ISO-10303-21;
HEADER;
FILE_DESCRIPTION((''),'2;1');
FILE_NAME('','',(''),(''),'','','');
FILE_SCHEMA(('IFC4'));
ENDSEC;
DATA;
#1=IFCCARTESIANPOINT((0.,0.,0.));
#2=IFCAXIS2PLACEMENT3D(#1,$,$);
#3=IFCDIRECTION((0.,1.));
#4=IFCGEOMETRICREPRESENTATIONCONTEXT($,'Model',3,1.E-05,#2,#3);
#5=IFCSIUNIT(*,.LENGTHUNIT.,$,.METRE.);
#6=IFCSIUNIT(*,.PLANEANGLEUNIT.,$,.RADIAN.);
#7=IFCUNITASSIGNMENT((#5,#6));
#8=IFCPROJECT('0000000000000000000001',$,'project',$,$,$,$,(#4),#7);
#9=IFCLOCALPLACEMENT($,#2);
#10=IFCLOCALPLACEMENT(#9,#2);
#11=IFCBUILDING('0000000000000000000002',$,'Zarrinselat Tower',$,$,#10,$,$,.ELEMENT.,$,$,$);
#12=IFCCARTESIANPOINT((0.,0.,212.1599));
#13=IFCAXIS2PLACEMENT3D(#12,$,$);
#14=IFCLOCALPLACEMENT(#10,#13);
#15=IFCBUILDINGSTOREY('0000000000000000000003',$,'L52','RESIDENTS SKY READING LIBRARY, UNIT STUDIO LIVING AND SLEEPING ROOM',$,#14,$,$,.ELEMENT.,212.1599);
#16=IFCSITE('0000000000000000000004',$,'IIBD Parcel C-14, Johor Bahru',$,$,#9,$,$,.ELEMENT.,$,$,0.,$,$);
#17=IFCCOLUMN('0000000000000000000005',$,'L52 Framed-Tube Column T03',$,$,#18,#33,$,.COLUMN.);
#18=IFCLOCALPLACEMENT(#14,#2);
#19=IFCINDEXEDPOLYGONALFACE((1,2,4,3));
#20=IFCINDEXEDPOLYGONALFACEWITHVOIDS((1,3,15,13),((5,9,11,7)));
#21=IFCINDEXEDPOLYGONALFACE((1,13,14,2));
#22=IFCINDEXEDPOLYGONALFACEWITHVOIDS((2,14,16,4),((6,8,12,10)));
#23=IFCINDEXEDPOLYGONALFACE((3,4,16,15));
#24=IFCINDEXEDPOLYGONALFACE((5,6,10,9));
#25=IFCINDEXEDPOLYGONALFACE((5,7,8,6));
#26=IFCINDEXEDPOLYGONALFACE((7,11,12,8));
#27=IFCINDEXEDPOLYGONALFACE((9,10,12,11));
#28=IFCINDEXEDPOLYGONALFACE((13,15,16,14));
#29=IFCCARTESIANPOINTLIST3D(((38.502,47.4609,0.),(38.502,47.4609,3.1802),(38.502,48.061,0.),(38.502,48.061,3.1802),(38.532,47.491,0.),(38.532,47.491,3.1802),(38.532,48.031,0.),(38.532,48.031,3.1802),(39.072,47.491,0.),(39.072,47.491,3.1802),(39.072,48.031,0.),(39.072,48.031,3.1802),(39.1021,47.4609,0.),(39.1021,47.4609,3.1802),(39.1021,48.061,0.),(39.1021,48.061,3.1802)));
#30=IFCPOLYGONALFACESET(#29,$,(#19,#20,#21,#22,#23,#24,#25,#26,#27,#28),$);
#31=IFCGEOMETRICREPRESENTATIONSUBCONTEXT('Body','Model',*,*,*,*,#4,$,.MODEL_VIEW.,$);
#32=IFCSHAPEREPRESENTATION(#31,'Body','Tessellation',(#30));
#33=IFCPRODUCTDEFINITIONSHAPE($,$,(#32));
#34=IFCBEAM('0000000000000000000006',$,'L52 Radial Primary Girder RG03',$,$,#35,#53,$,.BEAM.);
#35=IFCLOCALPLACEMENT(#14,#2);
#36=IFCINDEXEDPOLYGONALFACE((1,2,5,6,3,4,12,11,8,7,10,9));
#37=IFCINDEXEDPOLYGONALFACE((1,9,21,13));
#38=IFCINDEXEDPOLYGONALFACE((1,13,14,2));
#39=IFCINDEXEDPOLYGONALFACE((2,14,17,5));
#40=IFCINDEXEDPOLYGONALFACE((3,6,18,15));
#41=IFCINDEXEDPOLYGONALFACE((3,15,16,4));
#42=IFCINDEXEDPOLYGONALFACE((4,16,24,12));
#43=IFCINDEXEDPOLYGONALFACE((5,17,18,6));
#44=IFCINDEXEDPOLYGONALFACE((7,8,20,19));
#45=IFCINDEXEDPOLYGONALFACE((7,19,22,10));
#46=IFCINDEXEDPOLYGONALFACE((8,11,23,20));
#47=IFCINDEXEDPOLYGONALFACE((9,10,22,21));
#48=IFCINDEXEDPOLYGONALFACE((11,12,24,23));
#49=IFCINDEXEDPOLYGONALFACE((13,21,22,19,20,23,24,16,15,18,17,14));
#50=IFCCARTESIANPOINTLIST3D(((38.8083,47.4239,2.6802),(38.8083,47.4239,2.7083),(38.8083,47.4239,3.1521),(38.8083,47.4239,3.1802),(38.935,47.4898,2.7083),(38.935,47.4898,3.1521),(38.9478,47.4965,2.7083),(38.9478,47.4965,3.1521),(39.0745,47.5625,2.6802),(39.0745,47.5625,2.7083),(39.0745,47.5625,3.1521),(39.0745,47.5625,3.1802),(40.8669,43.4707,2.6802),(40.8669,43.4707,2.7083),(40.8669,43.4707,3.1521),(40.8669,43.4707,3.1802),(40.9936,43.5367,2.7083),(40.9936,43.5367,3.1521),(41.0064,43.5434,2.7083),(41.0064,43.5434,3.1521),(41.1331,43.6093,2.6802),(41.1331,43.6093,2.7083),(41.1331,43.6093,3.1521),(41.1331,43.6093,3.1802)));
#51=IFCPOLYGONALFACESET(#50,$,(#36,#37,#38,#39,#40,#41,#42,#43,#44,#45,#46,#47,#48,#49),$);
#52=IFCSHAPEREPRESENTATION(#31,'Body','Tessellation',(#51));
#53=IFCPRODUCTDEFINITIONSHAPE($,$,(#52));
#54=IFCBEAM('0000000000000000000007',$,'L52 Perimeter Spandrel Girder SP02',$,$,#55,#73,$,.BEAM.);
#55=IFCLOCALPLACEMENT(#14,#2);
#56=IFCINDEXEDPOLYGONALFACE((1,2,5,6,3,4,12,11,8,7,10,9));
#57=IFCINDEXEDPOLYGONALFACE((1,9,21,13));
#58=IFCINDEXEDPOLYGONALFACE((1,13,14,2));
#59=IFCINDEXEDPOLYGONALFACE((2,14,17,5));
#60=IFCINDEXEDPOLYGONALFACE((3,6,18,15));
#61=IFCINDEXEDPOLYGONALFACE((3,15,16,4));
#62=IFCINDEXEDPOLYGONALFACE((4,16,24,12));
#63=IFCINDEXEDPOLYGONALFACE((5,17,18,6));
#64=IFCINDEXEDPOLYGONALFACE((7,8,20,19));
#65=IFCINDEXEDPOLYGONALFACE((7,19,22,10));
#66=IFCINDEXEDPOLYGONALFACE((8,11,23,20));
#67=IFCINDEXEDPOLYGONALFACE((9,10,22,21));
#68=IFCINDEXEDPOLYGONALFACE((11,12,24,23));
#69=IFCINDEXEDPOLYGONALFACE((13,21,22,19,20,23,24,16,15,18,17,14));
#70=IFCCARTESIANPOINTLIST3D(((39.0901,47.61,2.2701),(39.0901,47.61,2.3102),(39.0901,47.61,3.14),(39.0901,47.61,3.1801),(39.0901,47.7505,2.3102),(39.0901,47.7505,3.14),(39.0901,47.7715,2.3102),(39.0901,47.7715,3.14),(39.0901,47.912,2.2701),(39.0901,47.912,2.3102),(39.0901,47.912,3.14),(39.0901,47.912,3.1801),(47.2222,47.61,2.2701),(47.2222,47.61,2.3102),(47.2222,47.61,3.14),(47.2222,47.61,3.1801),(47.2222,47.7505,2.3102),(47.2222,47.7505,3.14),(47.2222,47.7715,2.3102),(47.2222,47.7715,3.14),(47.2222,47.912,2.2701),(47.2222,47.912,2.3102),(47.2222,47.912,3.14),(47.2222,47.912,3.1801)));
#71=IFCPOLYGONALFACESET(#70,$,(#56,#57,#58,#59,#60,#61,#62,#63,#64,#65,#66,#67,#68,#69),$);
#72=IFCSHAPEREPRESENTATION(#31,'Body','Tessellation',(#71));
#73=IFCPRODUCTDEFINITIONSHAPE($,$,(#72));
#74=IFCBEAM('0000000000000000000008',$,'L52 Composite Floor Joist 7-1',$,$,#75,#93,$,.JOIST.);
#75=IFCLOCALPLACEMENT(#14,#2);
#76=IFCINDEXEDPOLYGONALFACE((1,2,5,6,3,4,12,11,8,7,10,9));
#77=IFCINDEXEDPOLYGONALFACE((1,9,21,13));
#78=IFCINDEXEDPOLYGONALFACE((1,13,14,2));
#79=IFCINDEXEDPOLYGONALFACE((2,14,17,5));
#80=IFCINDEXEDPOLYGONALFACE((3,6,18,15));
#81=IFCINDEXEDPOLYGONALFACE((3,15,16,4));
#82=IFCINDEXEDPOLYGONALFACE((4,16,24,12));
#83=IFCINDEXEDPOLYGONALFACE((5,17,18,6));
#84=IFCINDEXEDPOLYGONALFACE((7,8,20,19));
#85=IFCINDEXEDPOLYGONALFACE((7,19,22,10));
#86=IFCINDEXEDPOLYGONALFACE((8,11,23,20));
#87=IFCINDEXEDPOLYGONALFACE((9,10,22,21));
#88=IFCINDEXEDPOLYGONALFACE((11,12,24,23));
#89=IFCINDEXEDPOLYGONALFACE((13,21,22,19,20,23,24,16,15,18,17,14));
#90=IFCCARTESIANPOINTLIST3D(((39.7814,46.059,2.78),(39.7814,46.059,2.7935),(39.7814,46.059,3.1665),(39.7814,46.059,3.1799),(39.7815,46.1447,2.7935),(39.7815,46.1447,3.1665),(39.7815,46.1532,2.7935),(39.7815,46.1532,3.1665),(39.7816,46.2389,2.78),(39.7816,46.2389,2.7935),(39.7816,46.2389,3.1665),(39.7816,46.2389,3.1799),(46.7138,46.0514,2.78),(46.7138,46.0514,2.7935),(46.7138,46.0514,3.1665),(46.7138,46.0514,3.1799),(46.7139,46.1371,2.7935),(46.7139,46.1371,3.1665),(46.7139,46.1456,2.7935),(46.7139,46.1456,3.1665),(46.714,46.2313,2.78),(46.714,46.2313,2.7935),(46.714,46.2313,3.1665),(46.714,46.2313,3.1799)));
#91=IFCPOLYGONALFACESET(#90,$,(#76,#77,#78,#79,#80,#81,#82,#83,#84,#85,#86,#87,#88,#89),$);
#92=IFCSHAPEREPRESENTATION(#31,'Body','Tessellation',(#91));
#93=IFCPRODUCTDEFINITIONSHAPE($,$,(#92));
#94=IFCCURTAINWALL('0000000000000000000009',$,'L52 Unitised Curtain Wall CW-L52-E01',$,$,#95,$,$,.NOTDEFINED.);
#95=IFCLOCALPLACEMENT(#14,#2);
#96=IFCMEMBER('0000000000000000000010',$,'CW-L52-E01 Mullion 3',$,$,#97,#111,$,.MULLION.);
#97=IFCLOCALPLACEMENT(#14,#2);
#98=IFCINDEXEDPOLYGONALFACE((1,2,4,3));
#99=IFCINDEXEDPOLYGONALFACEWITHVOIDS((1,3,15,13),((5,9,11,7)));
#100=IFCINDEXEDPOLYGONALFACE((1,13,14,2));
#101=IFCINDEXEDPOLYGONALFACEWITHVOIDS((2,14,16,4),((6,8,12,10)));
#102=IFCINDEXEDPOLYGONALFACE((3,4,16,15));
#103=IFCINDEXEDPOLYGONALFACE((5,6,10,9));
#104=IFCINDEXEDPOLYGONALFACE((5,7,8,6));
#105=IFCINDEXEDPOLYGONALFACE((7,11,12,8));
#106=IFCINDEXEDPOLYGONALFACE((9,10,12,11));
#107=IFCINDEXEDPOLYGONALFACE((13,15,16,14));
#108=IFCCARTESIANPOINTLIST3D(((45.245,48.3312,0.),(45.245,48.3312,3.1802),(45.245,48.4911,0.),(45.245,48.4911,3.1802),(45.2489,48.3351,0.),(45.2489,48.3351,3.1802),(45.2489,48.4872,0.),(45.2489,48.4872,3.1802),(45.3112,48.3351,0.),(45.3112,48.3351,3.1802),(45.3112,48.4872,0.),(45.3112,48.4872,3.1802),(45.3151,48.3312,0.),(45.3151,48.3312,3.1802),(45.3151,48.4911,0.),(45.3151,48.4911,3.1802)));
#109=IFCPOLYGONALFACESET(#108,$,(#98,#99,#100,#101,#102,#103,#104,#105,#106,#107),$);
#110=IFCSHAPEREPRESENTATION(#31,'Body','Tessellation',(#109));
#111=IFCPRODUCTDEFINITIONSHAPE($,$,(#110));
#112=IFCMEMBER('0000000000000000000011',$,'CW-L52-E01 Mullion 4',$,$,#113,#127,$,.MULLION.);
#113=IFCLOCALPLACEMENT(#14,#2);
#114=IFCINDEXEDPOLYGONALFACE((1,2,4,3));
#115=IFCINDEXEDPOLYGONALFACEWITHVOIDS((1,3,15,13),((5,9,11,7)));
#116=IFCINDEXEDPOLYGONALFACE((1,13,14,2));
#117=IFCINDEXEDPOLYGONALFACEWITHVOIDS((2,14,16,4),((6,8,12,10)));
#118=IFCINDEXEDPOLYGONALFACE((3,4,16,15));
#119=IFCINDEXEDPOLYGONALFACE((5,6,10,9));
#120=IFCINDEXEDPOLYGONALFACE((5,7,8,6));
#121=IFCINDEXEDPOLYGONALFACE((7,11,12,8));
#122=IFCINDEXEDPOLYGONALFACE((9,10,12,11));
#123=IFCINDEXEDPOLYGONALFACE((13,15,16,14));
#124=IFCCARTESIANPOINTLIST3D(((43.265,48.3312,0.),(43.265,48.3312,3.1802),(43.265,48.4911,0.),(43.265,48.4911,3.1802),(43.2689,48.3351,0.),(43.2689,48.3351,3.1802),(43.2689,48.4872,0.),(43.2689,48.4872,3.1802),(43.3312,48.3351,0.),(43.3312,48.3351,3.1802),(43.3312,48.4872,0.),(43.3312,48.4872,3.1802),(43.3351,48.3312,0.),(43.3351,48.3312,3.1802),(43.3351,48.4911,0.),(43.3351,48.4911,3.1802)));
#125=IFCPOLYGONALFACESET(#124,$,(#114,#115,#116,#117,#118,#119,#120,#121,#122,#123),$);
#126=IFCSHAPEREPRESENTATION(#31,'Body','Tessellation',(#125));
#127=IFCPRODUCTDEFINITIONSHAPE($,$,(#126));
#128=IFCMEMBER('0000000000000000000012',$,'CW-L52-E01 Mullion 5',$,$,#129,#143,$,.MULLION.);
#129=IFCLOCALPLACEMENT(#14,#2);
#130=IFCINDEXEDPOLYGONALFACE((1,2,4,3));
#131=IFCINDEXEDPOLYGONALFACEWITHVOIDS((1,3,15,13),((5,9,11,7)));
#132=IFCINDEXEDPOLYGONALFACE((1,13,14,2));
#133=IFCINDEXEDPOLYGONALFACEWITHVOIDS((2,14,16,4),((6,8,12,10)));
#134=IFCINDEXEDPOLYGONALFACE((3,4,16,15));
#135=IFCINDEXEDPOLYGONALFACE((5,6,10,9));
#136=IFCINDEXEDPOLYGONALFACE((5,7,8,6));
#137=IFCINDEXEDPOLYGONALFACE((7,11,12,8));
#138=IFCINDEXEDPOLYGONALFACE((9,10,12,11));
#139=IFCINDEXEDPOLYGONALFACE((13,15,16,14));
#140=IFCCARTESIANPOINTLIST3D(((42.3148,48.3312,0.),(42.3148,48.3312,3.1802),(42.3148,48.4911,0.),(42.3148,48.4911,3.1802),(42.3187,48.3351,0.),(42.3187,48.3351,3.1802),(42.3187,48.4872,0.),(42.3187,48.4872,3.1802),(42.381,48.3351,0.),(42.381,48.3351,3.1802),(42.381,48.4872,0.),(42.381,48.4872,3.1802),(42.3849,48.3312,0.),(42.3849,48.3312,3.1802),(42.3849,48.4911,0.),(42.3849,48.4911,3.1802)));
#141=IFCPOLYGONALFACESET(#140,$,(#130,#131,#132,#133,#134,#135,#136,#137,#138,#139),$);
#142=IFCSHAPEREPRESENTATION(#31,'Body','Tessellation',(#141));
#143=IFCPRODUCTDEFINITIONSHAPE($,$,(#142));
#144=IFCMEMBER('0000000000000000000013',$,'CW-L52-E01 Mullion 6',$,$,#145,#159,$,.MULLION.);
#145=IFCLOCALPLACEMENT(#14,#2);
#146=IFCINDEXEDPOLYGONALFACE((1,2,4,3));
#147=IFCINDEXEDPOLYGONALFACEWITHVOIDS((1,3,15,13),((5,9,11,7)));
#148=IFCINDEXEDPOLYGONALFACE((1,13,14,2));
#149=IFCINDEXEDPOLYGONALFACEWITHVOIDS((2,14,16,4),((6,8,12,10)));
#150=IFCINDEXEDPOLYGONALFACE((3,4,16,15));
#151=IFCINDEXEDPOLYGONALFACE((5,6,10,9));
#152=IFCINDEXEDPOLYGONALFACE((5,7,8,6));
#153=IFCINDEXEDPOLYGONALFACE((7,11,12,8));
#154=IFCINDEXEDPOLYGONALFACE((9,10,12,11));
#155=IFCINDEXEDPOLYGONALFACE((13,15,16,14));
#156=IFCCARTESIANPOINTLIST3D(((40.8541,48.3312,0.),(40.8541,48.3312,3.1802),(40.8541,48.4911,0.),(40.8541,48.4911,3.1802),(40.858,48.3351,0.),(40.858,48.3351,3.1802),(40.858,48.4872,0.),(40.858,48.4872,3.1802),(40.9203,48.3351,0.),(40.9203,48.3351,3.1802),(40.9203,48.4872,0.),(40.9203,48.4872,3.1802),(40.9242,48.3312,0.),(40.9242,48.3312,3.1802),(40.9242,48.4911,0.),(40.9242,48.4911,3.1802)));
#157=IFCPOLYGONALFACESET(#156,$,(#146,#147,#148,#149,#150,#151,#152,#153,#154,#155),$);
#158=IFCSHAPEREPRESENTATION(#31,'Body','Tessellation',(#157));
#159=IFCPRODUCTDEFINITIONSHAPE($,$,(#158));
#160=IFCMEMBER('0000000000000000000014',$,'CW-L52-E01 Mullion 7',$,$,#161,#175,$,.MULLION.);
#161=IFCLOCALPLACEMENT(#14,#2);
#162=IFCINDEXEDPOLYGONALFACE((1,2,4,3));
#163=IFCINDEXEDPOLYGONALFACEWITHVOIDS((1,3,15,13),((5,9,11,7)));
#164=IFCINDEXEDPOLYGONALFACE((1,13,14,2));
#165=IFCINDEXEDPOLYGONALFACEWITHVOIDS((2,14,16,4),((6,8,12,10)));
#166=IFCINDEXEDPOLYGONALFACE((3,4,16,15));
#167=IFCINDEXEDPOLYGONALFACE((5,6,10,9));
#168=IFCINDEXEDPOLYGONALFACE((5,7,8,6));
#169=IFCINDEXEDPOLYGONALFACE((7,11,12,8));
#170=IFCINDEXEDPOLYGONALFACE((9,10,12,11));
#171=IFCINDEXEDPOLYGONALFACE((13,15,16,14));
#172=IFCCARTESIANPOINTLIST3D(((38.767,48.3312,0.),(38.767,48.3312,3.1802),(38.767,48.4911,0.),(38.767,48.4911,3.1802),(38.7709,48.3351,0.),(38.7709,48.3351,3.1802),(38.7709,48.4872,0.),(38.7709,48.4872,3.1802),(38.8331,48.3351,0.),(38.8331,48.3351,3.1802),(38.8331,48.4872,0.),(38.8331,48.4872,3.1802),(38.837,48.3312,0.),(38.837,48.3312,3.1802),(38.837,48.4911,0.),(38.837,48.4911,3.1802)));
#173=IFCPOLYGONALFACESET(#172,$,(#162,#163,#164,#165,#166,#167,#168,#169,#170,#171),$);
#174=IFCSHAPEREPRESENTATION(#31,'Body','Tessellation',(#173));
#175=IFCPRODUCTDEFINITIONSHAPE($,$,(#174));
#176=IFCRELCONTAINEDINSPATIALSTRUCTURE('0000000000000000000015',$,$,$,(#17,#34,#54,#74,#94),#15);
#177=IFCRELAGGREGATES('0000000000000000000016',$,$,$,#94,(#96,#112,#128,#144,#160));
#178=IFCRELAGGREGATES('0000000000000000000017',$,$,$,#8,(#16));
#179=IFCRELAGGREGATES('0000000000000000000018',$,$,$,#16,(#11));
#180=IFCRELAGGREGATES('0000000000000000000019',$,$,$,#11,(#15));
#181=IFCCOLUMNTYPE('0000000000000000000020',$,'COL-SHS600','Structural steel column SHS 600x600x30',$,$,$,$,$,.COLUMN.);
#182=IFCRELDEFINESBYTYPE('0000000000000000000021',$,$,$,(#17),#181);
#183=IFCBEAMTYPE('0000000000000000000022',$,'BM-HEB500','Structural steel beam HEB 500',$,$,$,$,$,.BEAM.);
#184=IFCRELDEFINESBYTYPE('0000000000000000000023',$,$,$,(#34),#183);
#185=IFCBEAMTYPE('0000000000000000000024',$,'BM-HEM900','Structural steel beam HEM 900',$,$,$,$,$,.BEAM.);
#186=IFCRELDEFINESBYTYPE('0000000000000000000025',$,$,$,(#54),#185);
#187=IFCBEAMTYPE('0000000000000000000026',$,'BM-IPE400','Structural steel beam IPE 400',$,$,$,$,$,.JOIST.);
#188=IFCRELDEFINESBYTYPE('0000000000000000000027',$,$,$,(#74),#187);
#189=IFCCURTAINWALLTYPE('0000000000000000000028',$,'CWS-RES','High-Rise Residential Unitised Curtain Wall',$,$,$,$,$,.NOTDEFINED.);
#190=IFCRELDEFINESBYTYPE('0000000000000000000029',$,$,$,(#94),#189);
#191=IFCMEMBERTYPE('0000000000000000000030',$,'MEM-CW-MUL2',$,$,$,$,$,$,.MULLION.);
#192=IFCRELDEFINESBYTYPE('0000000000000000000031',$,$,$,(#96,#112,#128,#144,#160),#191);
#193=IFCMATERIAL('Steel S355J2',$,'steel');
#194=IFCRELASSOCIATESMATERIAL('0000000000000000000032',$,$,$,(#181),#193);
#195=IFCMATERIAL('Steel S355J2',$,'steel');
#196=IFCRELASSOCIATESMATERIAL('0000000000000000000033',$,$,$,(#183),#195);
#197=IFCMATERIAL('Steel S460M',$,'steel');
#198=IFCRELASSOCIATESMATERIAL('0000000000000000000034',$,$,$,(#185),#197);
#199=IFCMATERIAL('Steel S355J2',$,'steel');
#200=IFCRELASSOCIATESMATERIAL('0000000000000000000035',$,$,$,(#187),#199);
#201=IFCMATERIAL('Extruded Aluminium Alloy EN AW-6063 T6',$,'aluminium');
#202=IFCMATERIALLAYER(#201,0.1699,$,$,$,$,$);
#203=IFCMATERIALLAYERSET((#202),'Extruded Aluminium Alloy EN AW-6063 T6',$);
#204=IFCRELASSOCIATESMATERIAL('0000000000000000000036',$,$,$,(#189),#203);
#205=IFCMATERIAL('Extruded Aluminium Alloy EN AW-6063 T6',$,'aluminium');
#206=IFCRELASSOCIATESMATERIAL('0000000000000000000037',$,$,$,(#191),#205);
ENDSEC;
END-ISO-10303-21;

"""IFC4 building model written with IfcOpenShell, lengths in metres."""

from ifc_helpers import new_model, si_unit, direction, frame, origin, origin_2d, place, context, subcontext, project, spatial, hollow_rectangle, i_section, extrude, material, layer, layer_set, material_profile, profile_set, type_object, element, aggregate, save


model = new_model("IFC4")

# Units and contexts
model_context = context("Model", 3, precision=1e-05, world=origin(), true_north=direction((0.0, 1.0)))
body_context = subcontext(model_context, "Body", "Model", "MODEL_VIEW")
ifc_project = project(units=[si_unit("LENGTHUNIT", "METRE"), si_unit("PLANEANGLEUNIT", "RADIAN")], contexts=[model_context])

# Site, building, storey
site_placement = place(None, origin())
site = spatial("IfcSite", under=ifc_project, at=site_placement, Name="IIBD Parcel C-14, Johor Bahru", CompositionType="ELEMENT", RefElevation=0.0)
building_placement = place(site_placement, origin())
building = spatial("IfcBuilding", under=site, at=building_placement, Name="Zarrinselat Tower", CompositionType="ELEMENT")
storey_placement = place(building_placement, frame((0.0, 0.0, 212.1599)))
storey = spatial("IfcBuildingStorey", under=building, at=storey_placement, Name="L52", Description="RESIDENTS SKY READING LIBRARY, UNIT STUDIO LIVING AND SLEEPING ROOM", CompositionType="ELEMENT", Elevation=212.1599)

# Column
ifc_material_1 = material(Name="Steel S355J2", Category="steel")
ifc_material_profile_1 = material_profile(ifc_material_1, hollow_rectangle(XDim=0.6001, YDim=0.6001, WallThickness=0.03, at=origin_2d()), Name="SHS 600x600x30")
ifc_profile_set_1 = profile_set([ifc_material_profile_1], Name="Steel S355J2")
column_type = type_object("IfcColumnType", Name="COL-SHS600", Description="Structural steel column SHS 600x600x30", PredefinedType="COLUMN", material=ifc_profile_set_1)
column_placement = place(storey_placement, frame((38.802, 47.761, 0.0), z_axis=(0.0, 0.0, 1.0), x_axis=(1.0, 0.0, 0.0)))
element("IfcColumn", 1, at=column_placement, inside=storey, type_object=column_type, Name="L52 Framed-Tube Column T03", PredefinedType="COLUMN", context=body_context, shape_type="SweptSolid", body=[
    extrude(hollow_rectangle(XDim=0.6001, YDim=0.6001, WallThickness=0.03, at=origin_2d()), origin(), (0.0, 0.0, 1.0), 3.1802),
])

# Beams
ifc_material_2 = material(Name="Steel S355J2", Category="steel")
ifc_material_profile_2 = material_profile(ifc_material_2, i_section(OverallWidth=0.3, OverallDepth=0.5, WebThickness=0.0144, FlangeThickness=0.0281, at=origin_2d()), Name="HEB 500")
ifc_profile_set_2 = profile_set([ifc_material_profile_2], Name="Steel S355J2")
beam_type_1 = type_object("IfcBeamType", Name="BM-HEB500", Description="Structural steel beam HEB 500", PredefinedType="BEAM", material=ifc_profile_set_2)
beam_1_placement = place(storey_placement, frame((38.9414, 47.4932, 2.9302), z_axis=(0.461877, -0.886944, 0.0), x_axis=(0.886944, 0.461877, 0.0)))
element("IfcBeam", 2, at=beam_1_placement, inside=storey, type_object=beam_type_1, Name="L52 Radial Primary Girder RG03", PredefinedType="BEAM", context=body_context, shape_type="SweptSolid", body=[
    extrude(i_section(OverallWidth=0.3, OverallDepth=0.5, WebThickness=0.0144, FlangeThickness=0.0281, at=origin_2d()), origin(), (0.0, 0.0, 1.0), 4.457),
])
ifc_material_3 = material(Name="Steel S460M", Category="steel")
ifc_material_profile_3 = material_profile(ifc_material_3, i_section(OverallWidth=0.302, OverallDepth=0.9099, WebThickness=0.021, FlangeThickness=0.04, at=origin_2d()), Name="HEM 900")
ifc_profile_set_3 = profile_set([ifc_material_profile_3], Name="Steel S460M")
beam_type_2 = type_object("IfcBeamType", Name="BM-HEM900", Description="Structural steel beam HEM 900", PredefinedType="BEAM", material=ifc_profile_set_3)
beam_2_placement = place(storey_placement, frame((39.0901, 47.761, 2.7251), z_axis=(1.0, 0.0, 0.0), x_axis=(0.0, 1.0, 0.0)))
element("IfcBeam", 3, at=beam_2_placement, inside=storey, type_object=beam_type_2, Name="L52 Perimeter Spandrel Girder SP02", PredefinedType="BEAM", context=body_context, shape_type="SweptSolid", body=[
    extrude(i_section(OverallWidth=0.302, OverallDepth=0.9099, WebThickness=0.021, FlangeThickness=0.04, at=origin_2d()), origin(), (0.0, 0.0, 1.0), 8.1321),
])
ifc_material_4 = material(Name="Steel S355J2", Category="steel")
ifc_material_profile_4 = material_profile(ifc_material_4, i_section(OverallWidth=0.1799, OverallDepth=0.3999, WebThickness=0.0085, FlangeThickness=0.0134, at=origin_2d()), Name="IPE 400")
ifc_profile_set_4 = profile_set([ifc_material_profile_4], Name="Steel S355J2")
beam_type_3 = type_object("IfcBeamType", Name="BM-IPE400", Description="Structural steel beam IPE 400", PredefinedType="JOIST", material=ifc_profile_set_4)
beam_3_placement = place(storey_placement, frame((39.7815, 46.1489, 2.98), z_axis=(0.999999, -0.001092, 0.0), x_axis=(0.001092, 0.999999, 0.0)))
element("IfcBeam", 4, at=beam_3_placement, inside=storey, type_object=beam_type_3, Name="L52 Composite Floor Joist 7-1", PredefinedType="JOIST", context=body_context, shape_type="SweptSolid", body=[
    extrude(i_section(OverallWidth=0.1799, OverallDepth=0.3999, WebThickness=0.0085, FlangeThickness=0.0134, at=origin_2d()), origin(), (0.0, 0.0, 1.0), 6.9324),
])

# Curtain wall, members
ifc_material_5 = material(Name="Extruded Aluminium Alloy EN AW-6063 T6", Category="aluminium")
ifc_layer_1 = layer(ifc_material_5, 0.1699)
ifc_layer_set_1 = layer_set([ifc_layer_1], Name="Extruded Aluminium Alloy EN AW-6063 T6")
curtain_wall_type = type_object("IfcCurtainWallType", Name="CWS-RES", Description="High-Rise Residential Unitised Curtain Wall", PredefinedType="NOTDEFINED", material=ifc_layer_set_1)
curtain_wall_placement = place(storey_placement, origin())
curtain_wall = element("IfcCurtainWall", 5, at=curtain_wall_placement, inside=storey, type_object=curtain_wall_type, Name="L52 Unitised Curtain Wall CW-L52-E01", PredefinedType="NOTDEFINED")
ifc_material_6 = material(Name="Extruded Aluminium Alloy EN AW-6063 T6", Category="aluminium")
ifc_material_profile_5 = material_profile(ifc_material_6, hollow_rectangle(XDim=0.0701, YDim=0.1599, WallThickness=0.0039, at=origin_2d()), Name="RHS 160x70x4")
ifc_profile_set_5 = profile_set([ifc_material_profile_5], Name="Extruded Aluminium Alloy EN AW-6063 T6")
member_type_1 = type_object("IfcMemberType", Name="MEM-CW-MUL2", PredefinedType="MULLION", material=ifc_profile_set_5)
member_1_placement = place(storey_placement, frame((45.28, 48.4111, 0.0), z_axis=(0.0, 0.0, 1.0), x_axis=(-1.0, 0.0, 0.0)))
member_1 = element("IfcMember", 6, at=member_1_placement, type_object=member_type_1, Name="CW-L52-E01 Mullion 3", PredefinedType="MULLION", context=body_context, shape_type="SweptSolid", body=[
    extrude(hollow_rectangle(XDim=0.0701, YDim=0.1599, WallThickness=0.0039, at=origin_2d()), origin(), (0.0, 0.0, 1.0), 3.1802),
])
member_2_placement = place(storey_placement, frame((43.3, 48.4111, 0.0), z_axis=(0.0, 0.0, 1.0), x_axis=(-1.0, 0.0, 0.0)))
member_2 = element("IfcMember", 7, at=member_2_placement, type_object=member_type_1, Name="CW-L52-E01 Mullion 4", PredefinedType="MULLION", context=body_context, shape_type="SweptSolid", body=[
    extrude(hollow_rectangle(XDim=0.0701, YDim=0.1599, WallThickness=0.0039, at=origin_2d()), origin(), (0.0, 0.0, 1.0), 3.1802),
])
member_3_placement = place(storey_placement, frame((42.3499, 48.4111, 0.0), z_axis=(0.0, 0.0, 1.0), x_axis=(-1.0, 0.0, 0.0)))
member_3 = element("IfcMember", 8, at=member_3_placement, type_object=member_type_1, Name="CW-L52-E01 Mullion 5", PredefinedType="MULLION", context=body_context, shape_type="SweptSolid", body=[
    extrude(hollow_rectangle(XDim=0.0701, YDim=0.1599, WallThickness=0.0039, at=origin_2d()), origin(), (0.0, 0.0, 1.0), 3.1802),
])
member_4_placement = place(storey_placement, frame((40.8892, 48.4111, 0.0), z_axis=(0.0, 0.0, 1.0), x_axis=(-1.0, 0.0, 0.0)))
member_4 = element("IfcMember", 9, at=member_4_placement, type_object=member_type_1, Name="CW-L52-E01 Mullion 6", PredefinedType="MULLION", context=body_context, shape_type="SweptSolid", body=[
    extrude(hollow_rectangle(XDim=0.0701, YDim=0.1599, WallThickness=0.0039, at=origin_2d()), origin(), (0.0, 0.0, 1.0), 3.1802),
])
member_5_placement = place(storey_placement, frame((38.802, 48.4111, 0.0), z_axis=(0.0, 0.0, 1.0), x_axis=(-1.0, 0.0, 0.0)))
member_5 = element("IfcMember", 10, at=member_5_placement, type_object=member_type_1, Name="CW-L52-E01 Mullion 7", PredefinedType="MULLION", context=body_context, shape_type="SweptSolid", body=[
    extrude(hollow_rectangle(XDim=0.0701, YDim=0.1599, WallThickness=0.0039, at=origin_2d()), origin(), (0.0, 0.0, 1.0), 3.1802),
])
aggregate(curtain_wall, [member_1, member_2, member_3, member_4, member_5])

save(model, "model.ifc")
